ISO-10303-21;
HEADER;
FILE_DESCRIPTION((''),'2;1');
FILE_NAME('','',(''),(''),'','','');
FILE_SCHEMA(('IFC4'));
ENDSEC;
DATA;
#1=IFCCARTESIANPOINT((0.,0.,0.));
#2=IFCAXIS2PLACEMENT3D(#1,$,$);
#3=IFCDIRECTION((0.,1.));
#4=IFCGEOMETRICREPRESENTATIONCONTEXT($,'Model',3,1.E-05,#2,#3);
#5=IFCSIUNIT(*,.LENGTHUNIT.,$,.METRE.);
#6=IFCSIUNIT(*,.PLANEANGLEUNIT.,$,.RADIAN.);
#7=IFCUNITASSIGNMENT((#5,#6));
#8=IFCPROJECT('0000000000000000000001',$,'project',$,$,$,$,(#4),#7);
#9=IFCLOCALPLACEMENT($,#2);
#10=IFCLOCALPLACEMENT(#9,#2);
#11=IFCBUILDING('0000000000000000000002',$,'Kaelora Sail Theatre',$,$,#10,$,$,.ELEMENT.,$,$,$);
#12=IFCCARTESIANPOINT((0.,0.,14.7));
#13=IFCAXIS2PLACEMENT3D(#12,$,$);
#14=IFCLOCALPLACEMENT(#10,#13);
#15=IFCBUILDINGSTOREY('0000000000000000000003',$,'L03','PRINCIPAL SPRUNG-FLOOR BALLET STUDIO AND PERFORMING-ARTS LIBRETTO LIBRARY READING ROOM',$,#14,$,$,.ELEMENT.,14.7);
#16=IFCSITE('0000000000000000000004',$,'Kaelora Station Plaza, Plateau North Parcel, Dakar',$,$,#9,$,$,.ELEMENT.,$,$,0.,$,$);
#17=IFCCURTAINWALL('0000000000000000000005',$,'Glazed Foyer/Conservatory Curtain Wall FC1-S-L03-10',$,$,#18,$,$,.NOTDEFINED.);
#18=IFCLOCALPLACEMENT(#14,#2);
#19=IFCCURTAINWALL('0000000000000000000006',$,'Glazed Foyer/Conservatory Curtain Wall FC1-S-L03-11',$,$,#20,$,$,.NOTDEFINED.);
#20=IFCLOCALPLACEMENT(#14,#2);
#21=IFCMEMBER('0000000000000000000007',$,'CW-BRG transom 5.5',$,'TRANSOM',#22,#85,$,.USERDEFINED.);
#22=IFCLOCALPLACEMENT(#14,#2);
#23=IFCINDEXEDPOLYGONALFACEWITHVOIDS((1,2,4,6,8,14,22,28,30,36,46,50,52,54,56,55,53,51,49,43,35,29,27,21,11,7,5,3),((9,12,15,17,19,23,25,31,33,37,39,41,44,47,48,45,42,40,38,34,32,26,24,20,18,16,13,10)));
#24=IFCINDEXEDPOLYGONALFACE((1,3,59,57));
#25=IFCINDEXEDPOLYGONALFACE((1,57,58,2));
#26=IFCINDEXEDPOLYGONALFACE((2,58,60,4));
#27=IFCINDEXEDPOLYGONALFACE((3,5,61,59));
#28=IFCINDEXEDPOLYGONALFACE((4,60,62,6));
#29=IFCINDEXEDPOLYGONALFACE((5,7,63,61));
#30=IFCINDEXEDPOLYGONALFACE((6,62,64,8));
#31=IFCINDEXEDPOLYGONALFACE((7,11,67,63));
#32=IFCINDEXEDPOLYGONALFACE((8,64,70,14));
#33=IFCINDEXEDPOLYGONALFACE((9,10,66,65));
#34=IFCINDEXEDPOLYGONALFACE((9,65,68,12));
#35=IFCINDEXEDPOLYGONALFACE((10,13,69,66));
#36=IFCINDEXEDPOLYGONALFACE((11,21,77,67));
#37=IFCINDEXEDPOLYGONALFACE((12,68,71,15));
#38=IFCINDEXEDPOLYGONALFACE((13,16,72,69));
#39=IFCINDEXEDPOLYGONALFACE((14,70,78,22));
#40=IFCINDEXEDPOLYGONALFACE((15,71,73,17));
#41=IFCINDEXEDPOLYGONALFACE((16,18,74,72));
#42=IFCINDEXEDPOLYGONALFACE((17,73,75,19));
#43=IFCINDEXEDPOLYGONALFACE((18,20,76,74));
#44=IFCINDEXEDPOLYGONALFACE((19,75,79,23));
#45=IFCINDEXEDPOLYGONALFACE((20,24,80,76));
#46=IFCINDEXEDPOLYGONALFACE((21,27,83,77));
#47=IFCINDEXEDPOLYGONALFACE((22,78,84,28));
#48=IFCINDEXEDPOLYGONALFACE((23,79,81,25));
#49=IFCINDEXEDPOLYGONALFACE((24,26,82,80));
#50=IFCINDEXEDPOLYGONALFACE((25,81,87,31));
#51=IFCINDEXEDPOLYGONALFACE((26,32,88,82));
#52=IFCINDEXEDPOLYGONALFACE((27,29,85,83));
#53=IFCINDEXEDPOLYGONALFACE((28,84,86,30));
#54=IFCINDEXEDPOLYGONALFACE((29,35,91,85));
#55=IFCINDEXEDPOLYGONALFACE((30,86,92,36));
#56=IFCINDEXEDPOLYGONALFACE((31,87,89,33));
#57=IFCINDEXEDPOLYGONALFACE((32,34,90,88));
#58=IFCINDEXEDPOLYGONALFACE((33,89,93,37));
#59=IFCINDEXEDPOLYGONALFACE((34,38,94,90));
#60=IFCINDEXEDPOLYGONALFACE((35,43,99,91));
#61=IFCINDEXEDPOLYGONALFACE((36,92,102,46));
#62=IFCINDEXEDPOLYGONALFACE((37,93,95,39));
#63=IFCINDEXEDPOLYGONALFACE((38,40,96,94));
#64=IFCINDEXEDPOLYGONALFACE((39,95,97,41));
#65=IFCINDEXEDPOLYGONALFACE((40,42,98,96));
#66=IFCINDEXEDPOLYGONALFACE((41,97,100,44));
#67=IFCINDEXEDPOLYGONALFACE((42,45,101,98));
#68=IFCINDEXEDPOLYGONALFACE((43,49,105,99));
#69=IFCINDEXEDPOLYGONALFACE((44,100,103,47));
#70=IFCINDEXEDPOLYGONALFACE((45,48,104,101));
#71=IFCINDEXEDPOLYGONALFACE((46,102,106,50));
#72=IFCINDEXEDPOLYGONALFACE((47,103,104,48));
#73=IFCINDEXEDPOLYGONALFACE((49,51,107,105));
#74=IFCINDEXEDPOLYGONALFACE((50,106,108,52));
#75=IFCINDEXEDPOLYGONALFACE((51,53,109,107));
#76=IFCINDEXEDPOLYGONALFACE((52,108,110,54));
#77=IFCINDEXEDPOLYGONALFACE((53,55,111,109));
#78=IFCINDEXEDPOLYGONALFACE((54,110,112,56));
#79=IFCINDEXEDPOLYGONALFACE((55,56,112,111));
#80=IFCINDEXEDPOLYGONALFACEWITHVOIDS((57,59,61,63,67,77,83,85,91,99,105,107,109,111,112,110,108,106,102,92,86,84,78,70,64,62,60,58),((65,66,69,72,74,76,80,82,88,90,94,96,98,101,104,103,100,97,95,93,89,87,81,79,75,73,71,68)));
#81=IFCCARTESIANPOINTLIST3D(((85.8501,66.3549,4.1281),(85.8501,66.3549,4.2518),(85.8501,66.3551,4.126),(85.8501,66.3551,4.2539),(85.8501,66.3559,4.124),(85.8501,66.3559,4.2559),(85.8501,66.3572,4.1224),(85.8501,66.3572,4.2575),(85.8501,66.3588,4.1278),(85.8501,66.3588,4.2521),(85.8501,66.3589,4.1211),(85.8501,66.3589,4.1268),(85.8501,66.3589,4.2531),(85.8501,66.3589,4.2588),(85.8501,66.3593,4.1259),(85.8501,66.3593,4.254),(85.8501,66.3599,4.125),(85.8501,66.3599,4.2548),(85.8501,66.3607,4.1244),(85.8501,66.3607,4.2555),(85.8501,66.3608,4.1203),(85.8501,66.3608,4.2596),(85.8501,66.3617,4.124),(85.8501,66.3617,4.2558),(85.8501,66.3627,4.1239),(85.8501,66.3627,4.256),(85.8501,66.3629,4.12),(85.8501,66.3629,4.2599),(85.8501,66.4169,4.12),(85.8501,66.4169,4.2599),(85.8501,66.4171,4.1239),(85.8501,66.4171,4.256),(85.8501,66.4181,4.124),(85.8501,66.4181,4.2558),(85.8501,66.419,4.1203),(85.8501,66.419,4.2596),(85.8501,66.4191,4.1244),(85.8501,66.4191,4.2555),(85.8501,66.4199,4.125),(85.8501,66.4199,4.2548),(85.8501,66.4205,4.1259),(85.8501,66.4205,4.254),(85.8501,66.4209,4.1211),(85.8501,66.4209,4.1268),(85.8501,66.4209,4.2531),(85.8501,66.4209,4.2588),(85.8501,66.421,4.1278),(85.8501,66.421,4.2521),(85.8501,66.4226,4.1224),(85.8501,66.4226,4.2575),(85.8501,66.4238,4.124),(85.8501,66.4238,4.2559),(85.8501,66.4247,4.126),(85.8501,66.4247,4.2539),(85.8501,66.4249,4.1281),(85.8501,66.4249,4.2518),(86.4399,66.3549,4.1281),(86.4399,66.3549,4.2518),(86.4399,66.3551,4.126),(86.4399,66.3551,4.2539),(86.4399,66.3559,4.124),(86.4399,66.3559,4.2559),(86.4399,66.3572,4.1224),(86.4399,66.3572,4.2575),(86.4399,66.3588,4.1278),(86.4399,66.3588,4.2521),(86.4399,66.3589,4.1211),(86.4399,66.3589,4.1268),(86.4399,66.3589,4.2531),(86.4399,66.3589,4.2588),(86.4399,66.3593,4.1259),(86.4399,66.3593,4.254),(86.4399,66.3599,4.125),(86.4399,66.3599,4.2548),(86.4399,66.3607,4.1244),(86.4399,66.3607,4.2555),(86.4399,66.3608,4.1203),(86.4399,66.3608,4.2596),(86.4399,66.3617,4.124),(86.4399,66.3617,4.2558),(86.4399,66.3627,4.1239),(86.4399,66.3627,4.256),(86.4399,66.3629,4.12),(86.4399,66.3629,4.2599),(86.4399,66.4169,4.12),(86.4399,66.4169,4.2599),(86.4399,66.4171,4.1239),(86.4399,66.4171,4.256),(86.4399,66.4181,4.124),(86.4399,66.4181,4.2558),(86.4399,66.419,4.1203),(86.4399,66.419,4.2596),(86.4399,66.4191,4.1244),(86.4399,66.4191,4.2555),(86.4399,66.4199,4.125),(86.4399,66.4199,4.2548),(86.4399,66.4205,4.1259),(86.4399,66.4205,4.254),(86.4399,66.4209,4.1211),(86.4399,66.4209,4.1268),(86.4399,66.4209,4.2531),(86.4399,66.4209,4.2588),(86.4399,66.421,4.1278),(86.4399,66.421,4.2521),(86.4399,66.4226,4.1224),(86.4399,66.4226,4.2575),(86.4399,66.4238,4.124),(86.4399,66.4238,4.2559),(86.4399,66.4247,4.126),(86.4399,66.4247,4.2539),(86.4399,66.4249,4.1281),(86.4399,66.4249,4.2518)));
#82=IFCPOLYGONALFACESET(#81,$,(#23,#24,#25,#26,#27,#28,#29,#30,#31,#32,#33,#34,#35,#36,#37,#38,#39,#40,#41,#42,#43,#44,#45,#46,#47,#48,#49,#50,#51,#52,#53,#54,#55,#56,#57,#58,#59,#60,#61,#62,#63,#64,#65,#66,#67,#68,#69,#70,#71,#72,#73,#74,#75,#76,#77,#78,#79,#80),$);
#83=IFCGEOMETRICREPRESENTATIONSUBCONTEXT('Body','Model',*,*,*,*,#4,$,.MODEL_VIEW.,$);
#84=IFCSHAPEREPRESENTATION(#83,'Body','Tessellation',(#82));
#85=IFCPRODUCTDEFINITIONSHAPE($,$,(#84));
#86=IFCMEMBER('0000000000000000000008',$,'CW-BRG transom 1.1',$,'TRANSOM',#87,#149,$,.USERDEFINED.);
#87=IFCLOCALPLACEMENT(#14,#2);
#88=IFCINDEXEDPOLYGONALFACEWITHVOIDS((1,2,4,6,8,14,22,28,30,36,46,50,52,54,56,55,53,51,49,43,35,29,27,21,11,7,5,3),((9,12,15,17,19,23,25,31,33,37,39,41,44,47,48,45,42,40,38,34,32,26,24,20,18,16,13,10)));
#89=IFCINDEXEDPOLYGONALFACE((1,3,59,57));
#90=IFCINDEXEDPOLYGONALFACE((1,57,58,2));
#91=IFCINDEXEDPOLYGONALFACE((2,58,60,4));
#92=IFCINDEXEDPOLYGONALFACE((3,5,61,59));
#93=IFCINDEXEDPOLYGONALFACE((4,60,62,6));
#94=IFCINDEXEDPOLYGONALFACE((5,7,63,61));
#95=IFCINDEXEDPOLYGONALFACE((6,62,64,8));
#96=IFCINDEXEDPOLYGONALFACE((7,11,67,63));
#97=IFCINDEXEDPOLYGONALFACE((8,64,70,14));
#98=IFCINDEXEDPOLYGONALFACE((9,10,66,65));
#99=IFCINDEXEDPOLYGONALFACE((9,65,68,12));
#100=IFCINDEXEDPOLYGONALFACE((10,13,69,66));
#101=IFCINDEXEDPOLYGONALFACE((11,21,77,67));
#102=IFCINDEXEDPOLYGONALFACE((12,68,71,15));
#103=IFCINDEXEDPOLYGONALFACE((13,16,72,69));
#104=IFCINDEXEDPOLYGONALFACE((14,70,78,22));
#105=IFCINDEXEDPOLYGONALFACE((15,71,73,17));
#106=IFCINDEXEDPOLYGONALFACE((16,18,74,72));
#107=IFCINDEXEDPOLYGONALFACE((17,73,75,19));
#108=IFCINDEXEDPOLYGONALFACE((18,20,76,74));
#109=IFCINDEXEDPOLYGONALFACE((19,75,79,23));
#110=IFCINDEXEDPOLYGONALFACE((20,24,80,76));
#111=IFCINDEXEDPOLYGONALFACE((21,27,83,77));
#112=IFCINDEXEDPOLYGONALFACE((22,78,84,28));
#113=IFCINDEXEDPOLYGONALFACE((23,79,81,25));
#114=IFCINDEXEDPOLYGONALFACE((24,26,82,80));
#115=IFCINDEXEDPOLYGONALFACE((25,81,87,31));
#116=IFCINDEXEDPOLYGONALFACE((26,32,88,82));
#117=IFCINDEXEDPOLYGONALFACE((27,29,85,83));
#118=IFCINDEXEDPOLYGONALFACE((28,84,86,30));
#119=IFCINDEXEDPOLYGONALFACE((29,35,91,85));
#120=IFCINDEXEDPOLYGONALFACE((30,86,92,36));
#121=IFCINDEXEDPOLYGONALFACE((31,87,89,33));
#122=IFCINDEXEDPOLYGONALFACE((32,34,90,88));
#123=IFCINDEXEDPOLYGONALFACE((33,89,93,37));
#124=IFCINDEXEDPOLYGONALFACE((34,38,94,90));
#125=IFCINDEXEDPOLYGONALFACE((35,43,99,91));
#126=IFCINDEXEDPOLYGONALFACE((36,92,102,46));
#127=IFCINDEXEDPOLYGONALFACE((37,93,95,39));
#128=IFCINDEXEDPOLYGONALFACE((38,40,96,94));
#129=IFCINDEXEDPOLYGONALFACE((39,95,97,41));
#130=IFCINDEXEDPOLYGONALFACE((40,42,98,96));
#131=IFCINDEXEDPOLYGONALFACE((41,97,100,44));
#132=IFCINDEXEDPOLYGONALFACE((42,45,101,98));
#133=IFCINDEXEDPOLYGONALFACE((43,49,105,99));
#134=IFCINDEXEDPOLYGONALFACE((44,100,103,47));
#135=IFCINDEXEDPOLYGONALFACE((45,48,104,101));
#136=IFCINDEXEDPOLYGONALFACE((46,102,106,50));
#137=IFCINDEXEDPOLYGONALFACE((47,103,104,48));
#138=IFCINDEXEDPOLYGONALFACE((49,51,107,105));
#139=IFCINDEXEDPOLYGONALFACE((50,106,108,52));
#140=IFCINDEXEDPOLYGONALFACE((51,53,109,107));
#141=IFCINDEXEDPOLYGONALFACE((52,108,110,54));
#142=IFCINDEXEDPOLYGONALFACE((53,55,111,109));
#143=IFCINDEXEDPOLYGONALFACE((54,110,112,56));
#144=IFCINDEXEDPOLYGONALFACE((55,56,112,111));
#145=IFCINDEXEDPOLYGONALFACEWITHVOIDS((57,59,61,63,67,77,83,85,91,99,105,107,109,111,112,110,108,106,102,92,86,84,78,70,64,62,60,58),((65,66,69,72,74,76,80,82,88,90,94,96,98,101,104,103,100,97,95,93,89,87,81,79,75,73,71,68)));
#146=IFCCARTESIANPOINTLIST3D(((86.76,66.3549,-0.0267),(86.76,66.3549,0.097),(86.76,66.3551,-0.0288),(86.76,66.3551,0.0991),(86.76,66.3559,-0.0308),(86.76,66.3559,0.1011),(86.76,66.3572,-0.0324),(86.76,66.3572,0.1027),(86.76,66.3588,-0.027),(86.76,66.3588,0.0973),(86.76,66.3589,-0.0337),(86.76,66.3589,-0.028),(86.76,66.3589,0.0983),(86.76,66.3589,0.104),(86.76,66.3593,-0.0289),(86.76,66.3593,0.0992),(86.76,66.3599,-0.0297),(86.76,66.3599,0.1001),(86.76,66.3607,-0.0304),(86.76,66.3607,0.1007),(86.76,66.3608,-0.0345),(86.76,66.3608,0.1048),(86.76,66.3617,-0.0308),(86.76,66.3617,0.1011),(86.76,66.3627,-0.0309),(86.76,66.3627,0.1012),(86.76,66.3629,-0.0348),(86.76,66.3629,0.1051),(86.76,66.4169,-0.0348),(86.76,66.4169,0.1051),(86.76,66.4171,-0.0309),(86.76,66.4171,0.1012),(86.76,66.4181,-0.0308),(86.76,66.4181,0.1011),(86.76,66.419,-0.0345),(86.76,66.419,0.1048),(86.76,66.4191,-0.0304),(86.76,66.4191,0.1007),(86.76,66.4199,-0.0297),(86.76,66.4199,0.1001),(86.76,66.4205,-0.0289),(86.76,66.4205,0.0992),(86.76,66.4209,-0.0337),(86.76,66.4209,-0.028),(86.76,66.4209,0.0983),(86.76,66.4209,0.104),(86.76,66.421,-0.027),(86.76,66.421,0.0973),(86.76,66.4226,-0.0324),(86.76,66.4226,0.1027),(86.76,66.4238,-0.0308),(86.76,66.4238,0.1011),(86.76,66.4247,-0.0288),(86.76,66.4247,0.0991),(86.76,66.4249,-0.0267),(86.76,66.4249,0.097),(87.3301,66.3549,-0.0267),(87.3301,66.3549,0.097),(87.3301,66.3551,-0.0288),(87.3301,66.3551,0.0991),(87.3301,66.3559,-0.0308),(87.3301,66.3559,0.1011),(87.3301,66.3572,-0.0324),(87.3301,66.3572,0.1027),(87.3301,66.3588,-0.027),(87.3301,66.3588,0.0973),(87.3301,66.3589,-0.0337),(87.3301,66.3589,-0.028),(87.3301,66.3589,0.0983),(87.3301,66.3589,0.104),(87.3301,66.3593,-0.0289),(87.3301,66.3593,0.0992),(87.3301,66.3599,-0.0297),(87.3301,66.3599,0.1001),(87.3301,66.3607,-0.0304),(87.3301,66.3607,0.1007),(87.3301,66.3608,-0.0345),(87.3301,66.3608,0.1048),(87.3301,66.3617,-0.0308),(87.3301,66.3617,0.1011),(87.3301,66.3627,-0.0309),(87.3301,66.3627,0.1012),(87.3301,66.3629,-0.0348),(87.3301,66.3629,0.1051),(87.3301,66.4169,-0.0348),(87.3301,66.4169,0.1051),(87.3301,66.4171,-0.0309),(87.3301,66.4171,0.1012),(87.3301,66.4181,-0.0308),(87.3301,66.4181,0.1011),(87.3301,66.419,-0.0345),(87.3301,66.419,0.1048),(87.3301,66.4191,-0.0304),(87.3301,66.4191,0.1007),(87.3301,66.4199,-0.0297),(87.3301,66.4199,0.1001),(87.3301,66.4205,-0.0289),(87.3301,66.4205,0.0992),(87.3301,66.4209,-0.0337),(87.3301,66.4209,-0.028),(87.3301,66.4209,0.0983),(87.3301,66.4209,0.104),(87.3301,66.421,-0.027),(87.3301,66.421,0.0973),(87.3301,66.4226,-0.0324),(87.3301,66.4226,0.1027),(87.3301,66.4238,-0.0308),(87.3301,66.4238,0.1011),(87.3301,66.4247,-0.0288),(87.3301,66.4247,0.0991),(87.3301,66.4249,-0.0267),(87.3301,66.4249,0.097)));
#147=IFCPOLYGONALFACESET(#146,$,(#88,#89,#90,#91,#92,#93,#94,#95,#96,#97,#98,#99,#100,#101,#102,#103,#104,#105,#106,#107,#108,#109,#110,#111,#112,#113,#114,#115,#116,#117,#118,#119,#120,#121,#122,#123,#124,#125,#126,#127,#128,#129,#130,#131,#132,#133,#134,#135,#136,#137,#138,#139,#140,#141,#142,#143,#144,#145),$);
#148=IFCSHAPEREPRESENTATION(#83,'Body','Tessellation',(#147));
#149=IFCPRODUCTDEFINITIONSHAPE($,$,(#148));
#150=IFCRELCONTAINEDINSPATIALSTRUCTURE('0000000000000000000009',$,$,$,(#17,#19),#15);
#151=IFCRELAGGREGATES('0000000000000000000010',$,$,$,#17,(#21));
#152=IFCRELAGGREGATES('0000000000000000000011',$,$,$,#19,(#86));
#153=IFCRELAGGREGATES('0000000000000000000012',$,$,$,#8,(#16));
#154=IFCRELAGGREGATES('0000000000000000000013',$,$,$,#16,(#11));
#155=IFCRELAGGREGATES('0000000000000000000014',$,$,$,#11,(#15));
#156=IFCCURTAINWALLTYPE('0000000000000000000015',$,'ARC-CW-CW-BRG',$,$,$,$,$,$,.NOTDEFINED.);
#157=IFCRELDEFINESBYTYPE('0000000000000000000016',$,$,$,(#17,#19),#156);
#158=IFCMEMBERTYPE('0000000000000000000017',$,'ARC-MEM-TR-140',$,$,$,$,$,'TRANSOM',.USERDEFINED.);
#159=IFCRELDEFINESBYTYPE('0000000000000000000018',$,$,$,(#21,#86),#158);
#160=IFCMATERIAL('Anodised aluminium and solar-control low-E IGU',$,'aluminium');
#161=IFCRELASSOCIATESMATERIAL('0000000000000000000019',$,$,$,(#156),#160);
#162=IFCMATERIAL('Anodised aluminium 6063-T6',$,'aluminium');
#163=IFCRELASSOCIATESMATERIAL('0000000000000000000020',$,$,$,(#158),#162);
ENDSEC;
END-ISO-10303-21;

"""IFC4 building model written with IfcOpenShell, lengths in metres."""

from ifc_helpers import new_model, si_unit, direction, frame, origin, origin_2d, place, context, subcontext, project, spatial, hollow_rectangle, extrude, material, material_profile, profile_set, type_object, element, aggregate, save


model = new_model("IFC4")

# Units and contexts
model_context = context("Model", 3, precision=1e-05, world=origin(), true_north=direction((0.0, 1.0)))
body_context = subcontext(model_context, "Body", "Model", "MODEL_VIEW")
ifc_project = project(units=[si_unit("LENGTHUNIT", "METRE"), si_unit("PLANEANGLEUNIT", "RADIAN")], contexts=[model_context])

# Site, building, storey
site_placement = place(None, origin())
site = spatial("IfcSite", under=ifc_project, at=site_placement, Name="Kaelora Station Plaza, Plateau North Parcel, Dakar", CompositionType="ELEMENT", RefElevation=0.0)
building_placement = place(site_placement, origin())
building = spatial("IfcBuilding", under=site, at=building_placement, Name="Kaelora Sail Theatre", CompositionType="ELEMENT")
storey_placement = place(building_placement, frame((0.0, 0.0, 14.7)))
storey = spatial("IfcBuildingStorey", under=building, at=storey_placement, Name="L03", Description="PRINCIPAL SPRUNG-FLOOR BALLET STUDIO AND PERFORMING-ARTS LIBRETTO LIBRARY READING ROOM", CompositionType="ELEMENT", Elevation=14.7)

# Curtain wall
ifc_material_1 = material(Name="Anodised aluminium and solar-control low-E IGU", Category="aluminium")
curtain_wall_type = type_object("IfcCurtainWallType", Name="ARC-CW-CW-BRG", PredefinedType="NOTDEFINED", material=ifc_material_1)
curtain_wall_1_placement = place(storey_placement, origin())
curtain_wall_1 = element("IfcCurtainWall", 1, at=curtain_wall_1_placement, inside=storey, type_object=curtain_wall_type, Name="Glazed Foyer/Conservatory Curtain Wall FC1-S-L03-10", PredefinedType="NOTDEFINED")

# Curtain wall
curtain_wall_2_placement = place(storey_placement, origin())
curtain_wall_2 = element("IfcCurtainWall", 2, at=curtain_wall_2_placement, inside=storey, type_object=curtain_wall_type, Name="Glazed Foyer/Conservatory Curtain Wall FC1-S-L03-11", PredefinedType="NOTDEFINED")

# Members
ifc_material_2 = material(Name="Anodised aluminium 6063-T6", Category="aluminium")
ifc_material_profile_1 = material_profile(ifc_material_2, hollow_rectangle(XDim=0.0701, YDim=0.1399, WallThickness=0.0039, InnerFilletRadius=0.0039, OuterFilletRadius=0.0081, at=origin_2d()), Name="ALU-TRAN 70x140x4")
ifc_profile_set_1 = profile_set([ifc_material_profile_1], Name="Anodised aluminium 6063-T6")
member_type_1 = type_object("IfcMemberType", Name="ARC-MEM-TR-140", ElementType="TRANSOM", PredefinedType="USERDEFINED", material=ifc_profile_set_1)
member_1_placement = place(storey_placement, frame((85.8501, 66.3899, 4.1899), z_axis=(1.0, 0.0, 0.0), x_axis=(0.0, 1.0, 0.0)))
member_1 = element("IfcMember", 3, at=member_1_placement, type_object=member_type_1, Name="CW-BRG transom 5.5", ObjectType="TRANSOM", PredefinedType="USERDEFINED", context=body_context, shape_type="SweptSolid", body=[
    extrude(hollow_rectangle(XDim=0.0701, YDim=0.1399, WallThickness=0.0039, InnerFilletRadius=0.0039, OuterFilletRadius=0.0081, at=origin_2d()), origin(), (0.0, 0.0, 1.0), 0.5898),
])
member_2_placement = place(storey_placement, frame((86.76, 66.3899, 0.0352), z_axis=(1.0, 0.0, 0.0), x_axis=(0.0, 1.0, 0.0)))
member_2 = element("IfcMember", 4, at=member_2_placement, type_object=member_type_1, Name="CW-BRG transom 1.1", ObjectType="TRANSOM", PredefinedType="USERDEFINED", context=body_context, shape_type="SweptSolid", body=[
    extrude(hollow_rectangle(XDim=0.0701, YDim=0.1399, WallThickness=0.0039, InnerFilletRadius=0.0039, OuterFilletRadius=0.0081, at=origin_2d()), origin(), (0.0, 0.0, 1.0), 0.5701),
])

aggregate(curtain_wall_1, [member_1])
aggregate(curtain_wall_2, [member_2])

save(model, "model.ifc")
